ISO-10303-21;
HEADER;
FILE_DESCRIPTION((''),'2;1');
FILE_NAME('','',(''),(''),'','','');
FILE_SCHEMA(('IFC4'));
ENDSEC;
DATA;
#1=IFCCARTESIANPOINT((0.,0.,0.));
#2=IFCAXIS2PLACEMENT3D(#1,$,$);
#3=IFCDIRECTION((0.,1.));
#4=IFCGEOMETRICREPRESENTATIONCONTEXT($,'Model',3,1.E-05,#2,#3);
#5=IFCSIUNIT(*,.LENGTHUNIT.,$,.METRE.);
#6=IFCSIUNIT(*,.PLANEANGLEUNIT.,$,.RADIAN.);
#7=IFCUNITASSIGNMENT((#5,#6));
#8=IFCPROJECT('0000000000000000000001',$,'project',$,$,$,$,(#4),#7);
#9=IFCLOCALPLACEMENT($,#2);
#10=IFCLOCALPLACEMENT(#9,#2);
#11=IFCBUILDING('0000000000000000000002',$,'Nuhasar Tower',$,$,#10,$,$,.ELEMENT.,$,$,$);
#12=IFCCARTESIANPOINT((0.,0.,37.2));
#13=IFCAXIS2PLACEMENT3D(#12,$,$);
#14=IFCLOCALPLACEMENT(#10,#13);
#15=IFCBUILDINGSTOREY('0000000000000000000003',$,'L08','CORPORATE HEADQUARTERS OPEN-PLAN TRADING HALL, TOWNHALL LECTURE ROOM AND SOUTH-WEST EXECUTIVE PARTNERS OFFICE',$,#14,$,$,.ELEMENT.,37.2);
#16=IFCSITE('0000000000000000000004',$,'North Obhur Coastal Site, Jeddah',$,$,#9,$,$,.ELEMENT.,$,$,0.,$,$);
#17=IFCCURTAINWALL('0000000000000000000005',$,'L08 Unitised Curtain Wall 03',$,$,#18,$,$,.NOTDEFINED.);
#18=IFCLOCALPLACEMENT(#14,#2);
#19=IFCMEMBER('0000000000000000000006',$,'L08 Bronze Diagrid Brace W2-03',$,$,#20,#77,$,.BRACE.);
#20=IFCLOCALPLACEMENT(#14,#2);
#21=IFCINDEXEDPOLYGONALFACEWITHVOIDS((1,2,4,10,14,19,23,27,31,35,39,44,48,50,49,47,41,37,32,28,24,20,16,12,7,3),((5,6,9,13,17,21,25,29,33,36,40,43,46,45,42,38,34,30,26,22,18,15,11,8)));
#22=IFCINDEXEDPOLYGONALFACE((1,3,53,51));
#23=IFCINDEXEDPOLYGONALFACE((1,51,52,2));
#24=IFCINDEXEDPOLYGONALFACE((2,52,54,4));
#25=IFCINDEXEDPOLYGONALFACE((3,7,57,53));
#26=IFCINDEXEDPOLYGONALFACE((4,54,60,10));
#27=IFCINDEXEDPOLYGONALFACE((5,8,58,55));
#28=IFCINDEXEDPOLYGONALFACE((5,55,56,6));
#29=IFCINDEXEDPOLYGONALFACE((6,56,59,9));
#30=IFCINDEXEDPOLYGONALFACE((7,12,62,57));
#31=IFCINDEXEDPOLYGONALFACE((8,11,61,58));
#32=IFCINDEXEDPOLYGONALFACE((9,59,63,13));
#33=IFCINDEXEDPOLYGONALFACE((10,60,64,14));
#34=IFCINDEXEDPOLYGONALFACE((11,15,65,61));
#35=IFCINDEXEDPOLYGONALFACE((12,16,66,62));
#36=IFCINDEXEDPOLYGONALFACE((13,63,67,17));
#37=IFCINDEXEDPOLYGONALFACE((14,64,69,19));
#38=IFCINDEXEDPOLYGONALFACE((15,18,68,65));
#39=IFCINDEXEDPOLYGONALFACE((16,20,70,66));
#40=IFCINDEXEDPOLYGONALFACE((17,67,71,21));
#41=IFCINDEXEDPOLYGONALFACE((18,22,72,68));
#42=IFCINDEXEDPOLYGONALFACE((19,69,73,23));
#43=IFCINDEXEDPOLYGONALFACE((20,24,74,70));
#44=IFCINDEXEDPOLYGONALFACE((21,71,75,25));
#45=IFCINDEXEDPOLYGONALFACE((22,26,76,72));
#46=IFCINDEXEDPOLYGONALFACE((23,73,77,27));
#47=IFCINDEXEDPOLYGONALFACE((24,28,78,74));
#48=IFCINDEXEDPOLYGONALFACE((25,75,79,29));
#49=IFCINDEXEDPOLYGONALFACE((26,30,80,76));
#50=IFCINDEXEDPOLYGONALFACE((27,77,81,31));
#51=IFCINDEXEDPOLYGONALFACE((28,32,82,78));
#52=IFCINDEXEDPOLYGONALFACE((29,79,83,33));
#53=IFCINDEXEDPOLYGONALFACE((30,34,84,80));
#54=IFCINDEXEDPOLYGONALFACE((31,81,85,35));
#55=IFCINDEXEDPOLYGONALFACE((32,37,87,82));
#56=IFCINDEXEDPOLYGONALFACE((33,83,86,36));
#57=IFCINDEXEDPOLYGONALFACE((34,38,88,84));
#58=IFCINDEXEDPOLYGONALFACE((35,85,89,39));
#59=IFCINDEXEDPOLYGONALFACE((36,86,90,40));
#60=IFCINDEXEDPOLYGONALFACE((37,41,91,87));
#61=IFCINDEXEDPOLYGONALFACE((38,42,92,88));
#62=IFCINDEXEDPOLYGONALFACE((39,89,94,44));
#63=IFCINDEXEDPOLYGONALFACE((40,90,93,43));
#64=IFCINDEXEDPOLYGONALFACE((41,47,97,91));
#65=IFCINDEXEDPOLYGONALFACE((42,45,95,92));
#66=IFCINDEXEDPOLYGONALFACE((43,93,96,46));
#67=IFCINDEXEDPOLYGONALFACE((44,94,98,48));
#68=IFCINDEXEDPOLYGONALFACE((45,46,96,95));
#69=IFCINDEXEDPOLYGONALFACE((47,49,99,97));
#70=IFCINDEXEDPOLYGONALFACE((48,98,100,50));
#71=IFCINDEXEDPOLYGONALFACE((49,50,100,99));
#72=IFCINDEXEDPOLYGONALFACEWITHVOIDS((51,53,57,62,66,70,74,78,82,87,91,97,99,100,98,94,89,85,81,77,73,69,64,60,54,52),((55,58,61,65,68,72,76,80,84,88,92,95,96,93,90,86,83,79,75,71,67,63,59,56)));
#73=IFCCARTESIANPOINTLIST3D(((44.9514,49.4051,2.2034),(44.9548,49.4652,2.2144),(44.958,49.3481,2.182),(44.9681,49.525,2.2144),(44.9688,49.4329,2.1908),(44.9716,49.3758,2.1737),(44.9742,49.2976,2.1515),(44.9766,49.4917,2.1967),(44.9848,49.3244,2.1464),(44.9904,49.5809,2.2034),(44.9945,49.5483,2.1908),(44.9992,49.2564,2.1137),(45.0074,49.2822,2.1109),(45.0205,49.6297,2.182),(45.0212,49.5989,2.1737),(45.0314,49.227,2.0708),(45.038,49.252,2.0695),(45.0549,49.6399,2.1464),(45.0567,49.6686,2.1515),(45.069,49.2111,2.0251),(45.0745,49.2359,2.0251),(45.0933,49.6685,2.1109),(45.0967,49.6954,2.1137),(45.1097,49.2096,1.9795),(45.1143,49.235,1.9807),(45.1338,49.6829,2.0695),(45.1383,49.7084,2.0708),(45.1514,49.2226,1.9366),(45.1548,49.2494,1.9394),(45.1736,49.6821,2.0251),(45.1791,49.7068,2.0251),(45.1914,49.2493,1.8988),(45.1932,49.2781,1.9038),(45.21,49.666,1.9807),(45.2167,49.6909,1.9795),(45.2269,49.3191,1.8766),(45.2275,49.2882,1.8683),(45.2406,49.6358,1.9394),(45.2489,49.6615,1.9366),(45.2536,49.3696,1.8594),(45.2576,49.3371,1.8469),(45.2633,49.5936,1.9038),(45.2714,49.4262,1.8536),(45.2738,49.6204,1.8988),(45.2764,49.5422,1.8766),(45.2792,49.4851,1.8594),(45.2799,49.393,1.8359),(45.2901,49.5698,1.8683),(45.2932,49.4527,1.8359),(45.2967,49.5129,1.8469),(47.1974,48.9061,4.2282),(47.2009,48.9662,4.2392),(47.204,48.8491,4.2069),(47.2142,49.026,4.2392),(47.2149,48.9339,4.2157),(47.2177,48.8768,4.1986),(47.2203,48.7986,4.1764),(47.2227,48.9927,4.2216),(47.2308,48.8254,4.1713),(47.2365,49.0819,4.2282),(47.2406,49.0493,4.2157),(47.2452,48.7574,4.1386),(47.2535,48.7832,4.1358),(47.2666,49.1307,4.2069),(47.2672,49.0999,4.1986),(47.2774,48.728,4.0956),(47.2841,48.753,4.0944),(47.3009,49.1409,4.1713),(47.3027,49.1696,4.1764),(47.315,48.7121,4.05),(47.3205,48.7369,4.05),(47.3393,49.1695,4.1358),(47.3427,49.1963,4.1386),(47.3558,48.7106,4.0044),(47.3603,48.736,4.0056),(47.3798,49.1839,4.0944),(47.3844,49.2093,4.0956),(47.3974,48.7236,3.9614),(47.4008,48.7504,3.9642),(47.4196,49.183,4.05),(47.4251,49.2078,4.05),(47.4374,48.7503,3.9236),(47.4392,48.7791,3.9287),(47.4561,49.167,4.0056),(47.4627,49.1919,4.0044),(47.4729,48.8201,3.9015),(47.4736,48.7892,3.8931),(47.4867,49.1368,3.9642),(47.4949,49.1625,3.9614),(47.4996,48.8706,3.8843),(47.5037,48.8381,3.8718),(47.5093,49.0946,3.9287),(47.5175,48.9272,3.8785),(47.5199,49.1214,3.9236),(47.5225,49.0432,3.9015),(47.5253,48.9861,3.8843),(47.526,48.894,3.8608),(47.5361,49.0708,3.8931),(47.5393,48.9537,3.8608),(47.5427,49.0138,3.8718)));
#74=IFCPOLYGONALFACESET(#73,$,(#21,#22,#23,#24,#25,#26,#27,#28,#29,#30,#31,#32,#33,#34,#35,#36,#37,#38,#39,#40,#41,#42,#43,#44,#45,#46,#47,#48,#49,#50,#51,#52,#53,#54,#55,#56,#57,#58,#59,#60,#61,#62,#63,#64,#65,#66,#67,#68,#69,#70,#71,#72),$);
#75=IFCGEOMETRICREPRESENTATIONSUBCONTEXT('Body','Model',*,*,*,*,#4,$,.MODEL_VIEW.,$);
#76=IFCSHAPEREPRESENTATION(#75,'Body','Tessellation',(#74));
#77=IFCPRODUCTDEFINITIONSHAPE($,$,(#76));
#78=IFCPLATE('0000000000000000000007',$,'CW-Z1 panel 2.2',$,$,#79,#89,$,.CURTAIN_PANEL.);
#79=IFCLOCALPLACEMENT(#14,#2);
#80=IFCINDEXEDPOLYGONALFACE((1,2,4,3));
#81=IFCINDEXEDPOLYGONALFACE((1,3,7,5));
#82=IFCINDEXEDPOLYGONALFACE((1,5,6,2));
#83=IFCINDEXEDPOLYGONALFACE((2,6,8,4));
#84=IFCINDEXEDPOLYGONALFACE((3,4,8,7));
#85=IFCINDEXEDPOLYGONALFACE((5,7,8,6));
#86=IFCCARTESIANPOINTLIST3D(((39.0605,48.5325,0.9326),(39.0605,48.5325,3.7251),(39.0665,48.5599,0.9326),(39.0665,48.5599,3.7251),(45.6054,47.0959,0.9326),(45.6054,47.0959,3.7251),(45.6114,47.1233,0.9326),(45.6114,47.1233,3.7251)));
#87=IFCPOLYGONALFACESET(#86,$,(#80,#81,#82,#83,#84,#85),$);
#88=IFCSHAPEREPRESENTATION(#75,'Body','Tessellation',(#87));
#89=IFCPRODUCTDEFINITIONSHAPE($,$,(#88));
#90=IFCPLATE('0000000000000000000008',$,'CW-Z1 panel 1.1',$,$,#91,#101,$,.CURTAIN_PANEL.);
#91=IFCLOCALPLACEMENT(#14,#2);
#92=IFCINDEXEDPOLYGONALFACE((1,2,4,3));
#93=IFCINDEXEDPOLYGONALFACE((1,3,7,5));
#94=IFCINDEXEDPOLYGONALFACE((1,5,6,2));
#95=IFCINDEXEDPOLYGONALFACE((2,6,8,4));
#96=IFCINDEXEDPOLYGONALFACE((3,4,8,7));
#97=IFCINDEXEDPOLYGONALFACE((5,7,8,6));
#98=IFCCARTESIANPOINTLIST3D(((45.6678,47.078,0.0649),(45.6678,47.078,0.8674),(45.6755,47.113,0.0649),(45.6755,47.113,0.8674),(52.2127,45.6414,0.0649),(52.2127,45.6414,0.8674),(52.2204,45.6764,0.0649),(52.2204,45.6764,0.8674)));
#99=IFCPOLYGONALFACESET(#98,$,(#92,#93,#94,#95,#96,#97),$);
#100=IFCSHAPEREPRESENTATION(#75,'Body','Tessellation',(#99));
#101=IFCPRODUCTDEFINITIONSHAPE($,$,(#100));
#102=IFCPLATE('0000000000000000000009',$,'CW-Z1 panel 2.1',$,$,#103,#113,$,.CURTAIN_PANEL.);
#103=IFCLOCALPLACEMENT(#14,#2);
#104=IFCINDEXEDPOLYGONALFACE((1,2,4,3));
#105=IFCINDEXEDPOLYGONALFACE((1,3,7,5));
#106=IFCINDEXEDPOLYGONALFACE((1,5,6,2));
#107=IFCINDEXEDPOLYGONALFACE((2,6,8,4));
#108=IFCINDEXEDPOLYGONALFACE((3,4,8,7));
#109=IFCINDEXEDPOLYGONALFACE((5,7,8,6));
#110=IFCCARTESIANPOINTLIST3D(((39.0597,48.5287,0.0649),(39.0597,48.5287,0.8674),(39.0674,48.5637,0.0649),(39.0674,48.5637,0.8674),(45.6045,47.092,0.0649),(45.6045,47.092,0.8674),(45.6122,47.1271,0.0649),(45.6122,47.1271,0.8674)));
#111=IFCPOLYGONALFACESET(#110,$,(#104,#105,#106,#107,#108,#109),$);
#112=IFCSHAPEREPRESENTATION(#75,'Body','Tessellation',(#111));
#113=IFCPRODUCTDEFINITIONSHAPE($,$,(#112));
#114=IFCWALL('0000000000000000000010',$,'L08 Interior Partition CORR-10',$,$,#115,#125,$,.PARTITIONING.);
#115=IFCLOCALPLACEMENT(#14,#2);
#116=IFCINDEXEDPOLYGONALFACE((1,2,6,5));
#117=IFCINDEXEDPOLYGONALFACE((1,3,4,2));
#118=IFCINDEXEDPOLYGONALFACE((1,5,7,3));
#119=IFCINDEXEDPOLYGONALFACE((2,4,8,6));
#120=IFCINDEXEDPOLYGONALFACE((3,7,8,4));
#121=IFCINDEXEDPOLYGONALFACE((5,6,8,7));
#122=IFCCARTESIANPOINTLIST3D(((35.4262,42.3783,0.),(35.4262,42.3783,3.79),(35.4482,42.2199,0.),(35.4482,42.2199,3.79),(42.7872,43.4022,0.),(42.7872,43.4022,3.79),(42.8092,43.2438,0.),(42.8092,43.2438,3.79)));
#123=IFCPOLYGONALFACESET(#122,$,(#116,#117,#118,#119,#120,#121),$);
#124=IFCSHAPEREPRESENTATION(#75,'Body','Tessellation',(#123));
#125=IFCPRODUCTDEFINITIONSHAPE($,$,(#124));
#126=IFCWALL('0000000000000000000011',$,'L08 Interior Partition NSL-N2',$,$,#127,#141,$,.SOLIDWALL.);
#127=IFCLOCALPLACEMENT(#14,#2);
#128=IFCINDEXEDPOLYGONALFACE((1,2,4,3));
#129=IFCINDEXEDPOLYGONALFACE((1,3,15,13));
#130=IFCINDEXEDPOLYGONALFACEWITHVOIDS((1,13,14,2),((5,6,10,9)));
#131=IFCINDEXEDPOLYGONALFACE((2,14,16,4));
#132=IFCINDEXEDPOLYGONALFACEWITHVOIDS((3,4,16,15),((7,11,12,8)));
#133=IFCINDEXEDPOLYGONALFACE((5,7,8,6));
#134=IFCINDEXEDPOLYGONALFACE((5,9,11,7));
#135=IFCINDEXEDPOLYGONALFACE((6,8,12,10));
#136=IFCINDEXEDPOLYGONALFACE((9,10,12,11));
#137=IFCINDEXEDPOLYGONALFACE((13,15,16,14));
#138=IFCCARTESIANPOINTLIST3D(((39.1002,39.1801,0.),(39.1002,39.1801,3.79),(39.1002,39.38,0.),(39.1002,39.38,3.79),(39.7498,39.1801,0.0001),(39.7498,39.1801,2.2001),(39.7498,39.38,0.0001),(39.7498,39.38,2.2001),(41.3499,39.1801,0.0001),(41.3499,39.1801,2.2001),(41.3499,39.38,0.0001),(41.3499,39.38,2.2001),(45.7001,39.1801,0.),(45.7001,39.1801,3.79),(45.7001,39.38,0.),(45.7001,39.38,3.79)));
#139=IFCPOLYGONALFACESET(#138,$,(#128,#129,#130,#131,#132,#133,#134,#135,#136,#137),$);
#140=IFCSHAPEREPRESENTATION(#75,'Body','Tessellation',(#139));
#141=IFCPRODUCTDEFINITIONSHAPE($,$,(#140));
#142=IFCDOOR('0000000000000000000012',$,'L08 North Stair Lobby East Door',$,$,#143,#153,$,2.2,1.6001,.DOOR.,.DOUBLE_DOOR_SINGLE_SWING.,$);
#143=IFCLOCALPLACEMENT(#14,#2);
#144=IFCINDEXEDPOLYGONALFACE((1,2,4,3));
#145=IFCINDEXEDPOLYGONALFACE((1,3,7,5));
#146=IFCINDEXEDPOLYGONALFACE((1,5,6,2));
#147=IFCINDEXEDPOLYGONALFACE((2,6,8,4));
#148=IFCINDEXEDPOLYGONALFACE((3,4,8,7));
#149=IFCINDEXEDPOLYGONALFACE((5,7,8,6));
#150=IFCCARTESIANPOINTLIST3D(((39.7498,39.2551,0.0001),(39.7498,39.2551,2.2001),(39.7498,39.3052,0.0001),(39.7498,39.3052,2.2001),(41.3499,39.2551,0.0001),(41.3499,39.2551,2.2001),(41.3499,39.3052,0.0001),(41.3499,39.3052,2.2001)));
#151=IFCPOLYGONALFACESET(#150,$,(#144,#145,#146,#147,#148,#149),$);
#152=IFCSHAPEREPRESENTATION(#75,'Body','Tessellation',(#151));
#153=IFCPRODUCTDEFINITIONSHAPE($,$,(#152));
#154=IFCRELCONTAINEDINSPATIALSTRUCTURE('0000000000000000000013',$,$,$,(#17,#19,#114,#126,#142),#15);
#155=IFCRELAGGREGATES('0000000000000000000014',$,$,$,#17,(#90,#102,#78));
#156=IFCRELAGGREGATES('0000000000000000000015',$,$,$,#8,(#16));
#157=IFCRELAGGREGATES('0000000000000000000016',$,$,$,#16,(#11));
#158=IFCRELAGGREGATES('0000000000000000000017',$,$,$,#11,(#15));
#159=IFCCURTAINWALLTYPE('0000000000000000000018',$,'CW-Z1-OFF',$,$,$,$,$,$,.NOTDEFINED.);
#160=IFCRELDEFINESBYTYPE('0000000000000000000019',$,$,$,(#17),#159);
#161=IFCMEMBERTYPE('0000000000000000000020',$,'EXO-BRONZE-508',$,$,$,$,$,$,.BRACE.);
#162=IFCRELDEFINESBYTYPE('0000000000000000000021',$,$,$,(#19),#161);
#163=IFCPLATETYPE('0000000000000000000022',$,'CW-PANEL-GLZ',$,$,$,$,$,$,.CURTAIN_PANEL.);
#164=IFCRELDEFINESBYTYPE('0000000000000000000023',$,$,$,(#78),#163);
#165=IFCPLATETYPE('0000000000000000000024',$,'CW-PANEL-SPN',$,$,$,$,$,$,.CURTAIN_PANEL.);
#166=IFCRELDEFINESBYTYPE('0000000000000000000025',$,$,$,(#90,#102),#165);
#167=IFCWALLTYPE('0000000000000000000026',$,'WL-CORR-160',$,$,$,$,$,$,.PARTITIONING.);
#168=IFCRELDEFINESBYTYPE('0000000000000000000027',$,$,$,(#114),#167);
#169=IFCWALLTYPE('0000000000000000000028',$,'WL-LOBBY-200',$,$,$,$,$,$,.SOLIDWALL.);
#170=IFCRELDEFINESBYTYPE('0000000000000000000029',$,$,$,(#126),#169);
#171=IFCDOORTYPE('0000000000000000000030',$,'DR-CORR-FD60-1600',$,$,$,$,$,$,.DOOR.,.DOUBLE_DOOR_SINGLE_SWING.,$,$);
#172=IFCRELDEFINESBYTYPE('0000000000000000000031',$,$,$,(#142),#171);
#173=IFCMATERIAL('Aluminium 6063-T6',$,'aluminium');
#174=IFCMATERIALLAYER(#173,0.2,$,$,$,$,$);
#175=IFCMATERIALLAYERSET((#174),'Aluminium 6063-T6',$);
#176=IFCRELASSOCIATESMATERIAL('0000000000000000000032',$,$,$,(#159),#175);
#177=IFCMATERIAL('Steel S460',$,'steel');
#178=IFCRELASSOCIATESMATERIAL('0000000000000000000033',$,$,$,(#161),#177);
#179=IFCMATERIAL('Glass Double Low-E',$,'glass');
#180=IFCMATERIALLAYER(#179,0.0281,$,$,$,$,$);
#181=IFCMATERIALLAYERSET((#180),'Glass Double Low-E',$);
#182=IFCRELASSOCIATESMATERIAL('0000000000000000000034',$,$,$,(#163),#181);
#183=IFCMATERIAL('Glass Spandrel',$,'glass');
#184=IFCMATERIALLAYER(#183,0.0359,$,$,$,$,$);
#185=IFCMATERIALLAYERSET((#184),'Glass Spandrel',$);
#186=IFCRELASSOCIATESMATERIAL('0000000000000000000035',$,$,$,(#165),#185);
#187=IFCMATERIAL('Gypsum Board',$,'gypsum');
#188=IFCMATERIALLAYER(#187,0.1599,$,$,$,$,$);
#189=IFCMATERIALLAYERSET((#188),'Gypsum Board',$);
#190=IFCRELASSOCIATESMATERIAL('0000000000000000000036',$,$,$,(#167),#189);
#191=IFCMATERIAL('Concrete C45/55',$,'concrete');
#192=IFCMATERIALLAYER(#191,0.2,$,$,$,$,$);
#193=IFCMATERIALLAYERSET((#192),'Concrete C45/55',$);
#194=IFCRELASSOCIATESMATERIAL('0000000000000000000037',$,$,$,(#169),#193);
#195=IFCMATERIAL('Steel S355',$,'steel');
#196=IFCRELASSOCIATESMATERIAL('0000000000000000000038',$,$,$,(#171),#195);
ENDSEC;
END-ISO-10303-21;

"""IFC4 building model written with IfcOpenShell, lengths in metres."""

from ifc_helpers import new_model, si_unit, direction, frame, frame_2d, origin, origin_2d, place, context, subcontext, project, spatial, rectangle, hollow_circle, extrude, material, layer, layer_set, material_profile, profile_set, type_object, element, fill, aggregate, save


model = new_model("IFC4")

# Units and contexts
model_context = context("Model", 3, precision=1e-05, world=origin(), true_north=direction((0.0, 1.0)))
body_context = subcontext(model_context, "Body", "Model", "MODEL_VIEW")
ifc_project = project(units=[si_unit("LENGTHUNIT", "METRE"), si_unit("PLANEANGLEUNIT", "RADIAN")], contexts=[model_context])

# Site, building, storey
site_placement = place(None, origin())
site = spatial("IfcSite", under=ifc_project, at=site_placement, Name="North Obhur Coastal Site, Jeddah", CompositionType="ELEMENT", RefElevation=0.0)
building_placement = place(site_placement, origin())
building = spatial("IfcBuilding", under=site, at=building_placement, Name="Nuhasar Tower", CompositionType="ELEMENT")
storey_placement = place(building_placement, frame((0.0, 0.0, 37.2)))
storey = spatial("IfcBuildingStorey", under=building, at=storey_placement, Name="L08", Description="CORPORATE HEADQUARTERS OPEN-PLAN TRADING HALL, TOWNHALL LECTURE ROOM AND SOUTH-WEST EXECUTIVE PARTNERS OFFICE", CompositionType="ELEMENT", Elevation=37.2)

# Shared definitions
ifc_material_1 = material(Name="Steel S355", Category="steel")

# Curtain wall
ifc_material_2 = material(Name="Aluminium 6063-T6", Category="aluminium")
ifc_layer_1 = layer(ifc_material_2, 0.2)
ifc_layer_set_1 = layer_set([ifc_layer_1], Name="Aluminium 6063-T6")
curtain_wall_type = type_object("IfcCurtainWallType", Name="CW-Z1-OFF", PredefinedType="NOTDEFINED", material=ifc_layer_set_1)
curtain_wall_1_placement = place(storey_placement, origin())
curtain_wall_1 = element("IfcCurtainWall", 1, at=curtain_wall_1_placement, inside=storey, type_object=curtain_wall_type, Name="L08 Unitised Curtain Wall 03", PredefinedType="NOTDEFINED")

# Member
ifc_material_3 = material(Name="Steel S460", Category="steel")
ifc_material_profile_1 = material_profile(ifc_material_3, hollow_circle(Radius=0.2539, WallThickness=0.0254, at=origin_2d()), Name="HSS508X25.4")
ifc_profile_set_1 = profile_set([ifc_material_profile_1], Name="Steel S460")
member_type_1 = type_object("IfcMemberType", Name="EXO-BRONZE-508", PredefinedType="BRACE", material=ifc_profile_set_1)
member_1_placement = place(storey_placement, frame((45.124, 49.459, 2.0251), z_axis=(0.732821, -0.162814, 0.660654), x_axis=(0.216886, 0.976197, 0.0)))
element("IfcMember", 2, at=member_1_placement, inside=storey, type_object=member_type_1, Name="L08 Bronze Diagrid Brace W2-03", PredefinedType="BRACE", context=body_context, shape_type="SweptSolid", body=[
    extrude(hollow_circle(Radius=0.2539, WallThickness=0.0254, at=origin_2d()), origin(), (0.0, 0.0, 1.0), 3.0649),
])

# Plates
ifc_material_4 = material(Name="Glass Double Low-E", Category="glass")
ifc_layer_2 = layer(ifc_material_4, 0.0281)
ifc_layer_set_2 = layer_set([ifc_layer_2], Name="Glass Double Low-E")
plate_type_1 = type_object("IfcPlateType", Name="CW-PANEL-GLZ", PredefinedType="CURTAIN_PANEL", material=ifc_layer_set_2)
plate_1_placement = place(storey_placement, frame((42.3359, 47.8279, 0.9326), z_axis=(0.0, 0.0, 1.0), x_axis=(-0.976746, 0.214399, 0.0)))
plate_1 = element("IfcPlate", 3, at=plate_1_placement, type_object=plate_type_1, Name="CW-Z1 panel 2.2", PredefinedType="CURTAIN_PANEL", context=body_context, shape_type="SweptSolid", body=[
    extrude(rectangle(XDim=6.7007, YDim=0.0281, at=origin_2d()), origin(), (0.0, 0.0, 1.0), 2.7925),
])
ifc_material_5 = material(Name="Glass Spandrel", Category="glass")
ifc_layer_3 = layer(ifc_material_5, 0.0359)
ifc_layer_set_3 = layer_set([ifc_layer_3], Name="Glass Spandrel")
plate_type_2 = type_object("IfcPlateType", Name="CW-PANEL-SPN", PredefinedType="CURTAIN_PANEL", material=ifc_layer_set_3)
plate_2_placement = place(storey_placement, frame((48.9441, 46.3772, 0.0649), z_axis=(0.0, 0.0, 1.0), x_axis=(-0.976746, 0.214399, 0.0)))
plate_2 = element("IfcPlate", 4, at=plate_2_placement, type_object=plate_type_2, Name="CW-Z1 panel 1.1", PredefinedType="CURTAIN_PANEL", context=body_context, shape_type="SweptSolid", body=[
    extrude(rectangle(XDim=6.7007, YDim=0.0359, at=origin_2d()), origin(), (0.0, 0.0, 1.0), 0.8025),
])
plate_3_placement = place(storey_placement, frame((42.3359, 47.8279, 0.0649), z_axis=(0.0, 0.0, 1.0), x_axis=(-0.976746, 0.214399, 0.0)))
plate_3 = element("IfcPlate", 5, at=plate_3_placement, type_object=plate_type_2, Name="CW-Z1 panel 2.1", PredefinedType="CURTAIN_PANEL", context=body_context, shape_type="SweptSolid", body=[
    extrude(rectangle(XDim=6.7007, YDim=0.0359, at=origin_2d()), origin(), (0.0, 0.0, 1.0), 0.8025),
])
aggregate(curtain_wall_1, [plate_2, plate_3, plate_1])

# Wall
ifc_material_6 = material(Name="Gypsum Board", Category="gypsum")
ifc_layer_4 = layer(ifc_material_6, 0.1599)
ifc_layer_set_4 = layer_set([ifc_layer_4], Name="Gypsum Board")
wall_type_1 = type_object("IfcWallType", Name="WL-CORR-160", PredefinedType="PARTITIONING", material=ifc_layer_set_4)
wall_1_placement = place(storey_placement, frame((42.7981, 43.323, 0.0), z_axis=(0.0, 0.0, 1.0), x_axis=(-0.990464, -0.137773, 0.0)))
element("IfcWall", 6, at=wall_1_placement, inside=storey, type_object=wall_type_1, Name="L08 Interior Partition CORR-10", PredefinedType="PARTITIONING", context=body_context, shape_type="SweptSolid", body=[
    extrude(rectangle(XDim=7.4319, YDim=0.1599, at=frame_2d((3.7158, 0.0))), origin(), (0.0, 0.0, 1.0), 3.79),
])

# Wall, opening, door
ifc_material_7 = material(Name="Concrete C45/55", Category="concrete")
ifc_layer_5 = layer(ifc_material_7, 0.2)
ifc_layer_set_5 = layer_set([ifc_layer_5], Name="Concrete C45/55")
wall_type_2 = type_object("IfcWallType", Name="WL-LOBBY-200", PredefinedType="SOLIDWALL", material=ifc_layer_set_5)
wall_2_placement = place(storey_placement, frame((45.7, 39.28, 0.0), z_axis=(0.0, 0.0, 1.0), x_axis=(-1.0, 0.0, 0.0)))
wall_2 = element("IfcWall", 7, at=wall_2_placement, inside=storey, type_object=wall_type_2, Name="L08 Interior Partition NSL-N2", PredefinedType="SOLIDWALL", context=body_context, shape_type="SweptSolid", body=[
    extrude(rectangle(XDim=6.5999, YDim=0.2, at=frame_2d((3.2998, 0.0))), origin(), (0.0, 0.0, 1.0), 3.79),
])
opening_placement = place(wall_2_placement, frame((4.3501, 0.0, 0.0)))
opening = element("IfcOpeningElement", 8, at=opening_placement, cuts=wall_2, PredefinedType="OPENING", context=body_context, shape_type="SweptSolid", body=[
    extrude(rectangle(XDim=1.6001, YDim=2.2, at=frame_2d((0.8, 1.1001))), frame((0.0, 0.1099, 0.0), z_axis=(0.0, -1.0, 0.0), x_axis=(1.0, 0.0, 0.0)), (0.0, 0.0, 1.0), 0.22),
])
door_type = type_object("IfcDoorType", Name="DR-CORR-FD60-1600", OperationType="DOUBLE_DOOR_SINGLE_SWING", PredefinedType="DOOR", material=ifc_material_1)
door_placement = place(opening_placement, origin())
door = element("IfcDoor", 9, at=door_placement, inside=storey, type_object=door_type, Name="L08 North Stair Lobby East Door", OperationType="DOUBLE_DOOR_SINGLE_SWING", OverallHeight=2.2, OverallWidth=1.6001, PredefinedType="DOOR", context=body_context, shape_type="SweptSolid", body=[
    extrude(rectangle(XDim=1.6001, YDim=2.2, at=frame_2d((0.8, 1.1001))), frame((0.0, 0.0249, 0.0), z_axis=(0.0, -1.0, 0.0), x_axis=(1.0, 0.0, 0.0)), (0.0, 0.0, 1.0), 0.05),
])
fill(opening, door)

save(model, "model.ifc")
